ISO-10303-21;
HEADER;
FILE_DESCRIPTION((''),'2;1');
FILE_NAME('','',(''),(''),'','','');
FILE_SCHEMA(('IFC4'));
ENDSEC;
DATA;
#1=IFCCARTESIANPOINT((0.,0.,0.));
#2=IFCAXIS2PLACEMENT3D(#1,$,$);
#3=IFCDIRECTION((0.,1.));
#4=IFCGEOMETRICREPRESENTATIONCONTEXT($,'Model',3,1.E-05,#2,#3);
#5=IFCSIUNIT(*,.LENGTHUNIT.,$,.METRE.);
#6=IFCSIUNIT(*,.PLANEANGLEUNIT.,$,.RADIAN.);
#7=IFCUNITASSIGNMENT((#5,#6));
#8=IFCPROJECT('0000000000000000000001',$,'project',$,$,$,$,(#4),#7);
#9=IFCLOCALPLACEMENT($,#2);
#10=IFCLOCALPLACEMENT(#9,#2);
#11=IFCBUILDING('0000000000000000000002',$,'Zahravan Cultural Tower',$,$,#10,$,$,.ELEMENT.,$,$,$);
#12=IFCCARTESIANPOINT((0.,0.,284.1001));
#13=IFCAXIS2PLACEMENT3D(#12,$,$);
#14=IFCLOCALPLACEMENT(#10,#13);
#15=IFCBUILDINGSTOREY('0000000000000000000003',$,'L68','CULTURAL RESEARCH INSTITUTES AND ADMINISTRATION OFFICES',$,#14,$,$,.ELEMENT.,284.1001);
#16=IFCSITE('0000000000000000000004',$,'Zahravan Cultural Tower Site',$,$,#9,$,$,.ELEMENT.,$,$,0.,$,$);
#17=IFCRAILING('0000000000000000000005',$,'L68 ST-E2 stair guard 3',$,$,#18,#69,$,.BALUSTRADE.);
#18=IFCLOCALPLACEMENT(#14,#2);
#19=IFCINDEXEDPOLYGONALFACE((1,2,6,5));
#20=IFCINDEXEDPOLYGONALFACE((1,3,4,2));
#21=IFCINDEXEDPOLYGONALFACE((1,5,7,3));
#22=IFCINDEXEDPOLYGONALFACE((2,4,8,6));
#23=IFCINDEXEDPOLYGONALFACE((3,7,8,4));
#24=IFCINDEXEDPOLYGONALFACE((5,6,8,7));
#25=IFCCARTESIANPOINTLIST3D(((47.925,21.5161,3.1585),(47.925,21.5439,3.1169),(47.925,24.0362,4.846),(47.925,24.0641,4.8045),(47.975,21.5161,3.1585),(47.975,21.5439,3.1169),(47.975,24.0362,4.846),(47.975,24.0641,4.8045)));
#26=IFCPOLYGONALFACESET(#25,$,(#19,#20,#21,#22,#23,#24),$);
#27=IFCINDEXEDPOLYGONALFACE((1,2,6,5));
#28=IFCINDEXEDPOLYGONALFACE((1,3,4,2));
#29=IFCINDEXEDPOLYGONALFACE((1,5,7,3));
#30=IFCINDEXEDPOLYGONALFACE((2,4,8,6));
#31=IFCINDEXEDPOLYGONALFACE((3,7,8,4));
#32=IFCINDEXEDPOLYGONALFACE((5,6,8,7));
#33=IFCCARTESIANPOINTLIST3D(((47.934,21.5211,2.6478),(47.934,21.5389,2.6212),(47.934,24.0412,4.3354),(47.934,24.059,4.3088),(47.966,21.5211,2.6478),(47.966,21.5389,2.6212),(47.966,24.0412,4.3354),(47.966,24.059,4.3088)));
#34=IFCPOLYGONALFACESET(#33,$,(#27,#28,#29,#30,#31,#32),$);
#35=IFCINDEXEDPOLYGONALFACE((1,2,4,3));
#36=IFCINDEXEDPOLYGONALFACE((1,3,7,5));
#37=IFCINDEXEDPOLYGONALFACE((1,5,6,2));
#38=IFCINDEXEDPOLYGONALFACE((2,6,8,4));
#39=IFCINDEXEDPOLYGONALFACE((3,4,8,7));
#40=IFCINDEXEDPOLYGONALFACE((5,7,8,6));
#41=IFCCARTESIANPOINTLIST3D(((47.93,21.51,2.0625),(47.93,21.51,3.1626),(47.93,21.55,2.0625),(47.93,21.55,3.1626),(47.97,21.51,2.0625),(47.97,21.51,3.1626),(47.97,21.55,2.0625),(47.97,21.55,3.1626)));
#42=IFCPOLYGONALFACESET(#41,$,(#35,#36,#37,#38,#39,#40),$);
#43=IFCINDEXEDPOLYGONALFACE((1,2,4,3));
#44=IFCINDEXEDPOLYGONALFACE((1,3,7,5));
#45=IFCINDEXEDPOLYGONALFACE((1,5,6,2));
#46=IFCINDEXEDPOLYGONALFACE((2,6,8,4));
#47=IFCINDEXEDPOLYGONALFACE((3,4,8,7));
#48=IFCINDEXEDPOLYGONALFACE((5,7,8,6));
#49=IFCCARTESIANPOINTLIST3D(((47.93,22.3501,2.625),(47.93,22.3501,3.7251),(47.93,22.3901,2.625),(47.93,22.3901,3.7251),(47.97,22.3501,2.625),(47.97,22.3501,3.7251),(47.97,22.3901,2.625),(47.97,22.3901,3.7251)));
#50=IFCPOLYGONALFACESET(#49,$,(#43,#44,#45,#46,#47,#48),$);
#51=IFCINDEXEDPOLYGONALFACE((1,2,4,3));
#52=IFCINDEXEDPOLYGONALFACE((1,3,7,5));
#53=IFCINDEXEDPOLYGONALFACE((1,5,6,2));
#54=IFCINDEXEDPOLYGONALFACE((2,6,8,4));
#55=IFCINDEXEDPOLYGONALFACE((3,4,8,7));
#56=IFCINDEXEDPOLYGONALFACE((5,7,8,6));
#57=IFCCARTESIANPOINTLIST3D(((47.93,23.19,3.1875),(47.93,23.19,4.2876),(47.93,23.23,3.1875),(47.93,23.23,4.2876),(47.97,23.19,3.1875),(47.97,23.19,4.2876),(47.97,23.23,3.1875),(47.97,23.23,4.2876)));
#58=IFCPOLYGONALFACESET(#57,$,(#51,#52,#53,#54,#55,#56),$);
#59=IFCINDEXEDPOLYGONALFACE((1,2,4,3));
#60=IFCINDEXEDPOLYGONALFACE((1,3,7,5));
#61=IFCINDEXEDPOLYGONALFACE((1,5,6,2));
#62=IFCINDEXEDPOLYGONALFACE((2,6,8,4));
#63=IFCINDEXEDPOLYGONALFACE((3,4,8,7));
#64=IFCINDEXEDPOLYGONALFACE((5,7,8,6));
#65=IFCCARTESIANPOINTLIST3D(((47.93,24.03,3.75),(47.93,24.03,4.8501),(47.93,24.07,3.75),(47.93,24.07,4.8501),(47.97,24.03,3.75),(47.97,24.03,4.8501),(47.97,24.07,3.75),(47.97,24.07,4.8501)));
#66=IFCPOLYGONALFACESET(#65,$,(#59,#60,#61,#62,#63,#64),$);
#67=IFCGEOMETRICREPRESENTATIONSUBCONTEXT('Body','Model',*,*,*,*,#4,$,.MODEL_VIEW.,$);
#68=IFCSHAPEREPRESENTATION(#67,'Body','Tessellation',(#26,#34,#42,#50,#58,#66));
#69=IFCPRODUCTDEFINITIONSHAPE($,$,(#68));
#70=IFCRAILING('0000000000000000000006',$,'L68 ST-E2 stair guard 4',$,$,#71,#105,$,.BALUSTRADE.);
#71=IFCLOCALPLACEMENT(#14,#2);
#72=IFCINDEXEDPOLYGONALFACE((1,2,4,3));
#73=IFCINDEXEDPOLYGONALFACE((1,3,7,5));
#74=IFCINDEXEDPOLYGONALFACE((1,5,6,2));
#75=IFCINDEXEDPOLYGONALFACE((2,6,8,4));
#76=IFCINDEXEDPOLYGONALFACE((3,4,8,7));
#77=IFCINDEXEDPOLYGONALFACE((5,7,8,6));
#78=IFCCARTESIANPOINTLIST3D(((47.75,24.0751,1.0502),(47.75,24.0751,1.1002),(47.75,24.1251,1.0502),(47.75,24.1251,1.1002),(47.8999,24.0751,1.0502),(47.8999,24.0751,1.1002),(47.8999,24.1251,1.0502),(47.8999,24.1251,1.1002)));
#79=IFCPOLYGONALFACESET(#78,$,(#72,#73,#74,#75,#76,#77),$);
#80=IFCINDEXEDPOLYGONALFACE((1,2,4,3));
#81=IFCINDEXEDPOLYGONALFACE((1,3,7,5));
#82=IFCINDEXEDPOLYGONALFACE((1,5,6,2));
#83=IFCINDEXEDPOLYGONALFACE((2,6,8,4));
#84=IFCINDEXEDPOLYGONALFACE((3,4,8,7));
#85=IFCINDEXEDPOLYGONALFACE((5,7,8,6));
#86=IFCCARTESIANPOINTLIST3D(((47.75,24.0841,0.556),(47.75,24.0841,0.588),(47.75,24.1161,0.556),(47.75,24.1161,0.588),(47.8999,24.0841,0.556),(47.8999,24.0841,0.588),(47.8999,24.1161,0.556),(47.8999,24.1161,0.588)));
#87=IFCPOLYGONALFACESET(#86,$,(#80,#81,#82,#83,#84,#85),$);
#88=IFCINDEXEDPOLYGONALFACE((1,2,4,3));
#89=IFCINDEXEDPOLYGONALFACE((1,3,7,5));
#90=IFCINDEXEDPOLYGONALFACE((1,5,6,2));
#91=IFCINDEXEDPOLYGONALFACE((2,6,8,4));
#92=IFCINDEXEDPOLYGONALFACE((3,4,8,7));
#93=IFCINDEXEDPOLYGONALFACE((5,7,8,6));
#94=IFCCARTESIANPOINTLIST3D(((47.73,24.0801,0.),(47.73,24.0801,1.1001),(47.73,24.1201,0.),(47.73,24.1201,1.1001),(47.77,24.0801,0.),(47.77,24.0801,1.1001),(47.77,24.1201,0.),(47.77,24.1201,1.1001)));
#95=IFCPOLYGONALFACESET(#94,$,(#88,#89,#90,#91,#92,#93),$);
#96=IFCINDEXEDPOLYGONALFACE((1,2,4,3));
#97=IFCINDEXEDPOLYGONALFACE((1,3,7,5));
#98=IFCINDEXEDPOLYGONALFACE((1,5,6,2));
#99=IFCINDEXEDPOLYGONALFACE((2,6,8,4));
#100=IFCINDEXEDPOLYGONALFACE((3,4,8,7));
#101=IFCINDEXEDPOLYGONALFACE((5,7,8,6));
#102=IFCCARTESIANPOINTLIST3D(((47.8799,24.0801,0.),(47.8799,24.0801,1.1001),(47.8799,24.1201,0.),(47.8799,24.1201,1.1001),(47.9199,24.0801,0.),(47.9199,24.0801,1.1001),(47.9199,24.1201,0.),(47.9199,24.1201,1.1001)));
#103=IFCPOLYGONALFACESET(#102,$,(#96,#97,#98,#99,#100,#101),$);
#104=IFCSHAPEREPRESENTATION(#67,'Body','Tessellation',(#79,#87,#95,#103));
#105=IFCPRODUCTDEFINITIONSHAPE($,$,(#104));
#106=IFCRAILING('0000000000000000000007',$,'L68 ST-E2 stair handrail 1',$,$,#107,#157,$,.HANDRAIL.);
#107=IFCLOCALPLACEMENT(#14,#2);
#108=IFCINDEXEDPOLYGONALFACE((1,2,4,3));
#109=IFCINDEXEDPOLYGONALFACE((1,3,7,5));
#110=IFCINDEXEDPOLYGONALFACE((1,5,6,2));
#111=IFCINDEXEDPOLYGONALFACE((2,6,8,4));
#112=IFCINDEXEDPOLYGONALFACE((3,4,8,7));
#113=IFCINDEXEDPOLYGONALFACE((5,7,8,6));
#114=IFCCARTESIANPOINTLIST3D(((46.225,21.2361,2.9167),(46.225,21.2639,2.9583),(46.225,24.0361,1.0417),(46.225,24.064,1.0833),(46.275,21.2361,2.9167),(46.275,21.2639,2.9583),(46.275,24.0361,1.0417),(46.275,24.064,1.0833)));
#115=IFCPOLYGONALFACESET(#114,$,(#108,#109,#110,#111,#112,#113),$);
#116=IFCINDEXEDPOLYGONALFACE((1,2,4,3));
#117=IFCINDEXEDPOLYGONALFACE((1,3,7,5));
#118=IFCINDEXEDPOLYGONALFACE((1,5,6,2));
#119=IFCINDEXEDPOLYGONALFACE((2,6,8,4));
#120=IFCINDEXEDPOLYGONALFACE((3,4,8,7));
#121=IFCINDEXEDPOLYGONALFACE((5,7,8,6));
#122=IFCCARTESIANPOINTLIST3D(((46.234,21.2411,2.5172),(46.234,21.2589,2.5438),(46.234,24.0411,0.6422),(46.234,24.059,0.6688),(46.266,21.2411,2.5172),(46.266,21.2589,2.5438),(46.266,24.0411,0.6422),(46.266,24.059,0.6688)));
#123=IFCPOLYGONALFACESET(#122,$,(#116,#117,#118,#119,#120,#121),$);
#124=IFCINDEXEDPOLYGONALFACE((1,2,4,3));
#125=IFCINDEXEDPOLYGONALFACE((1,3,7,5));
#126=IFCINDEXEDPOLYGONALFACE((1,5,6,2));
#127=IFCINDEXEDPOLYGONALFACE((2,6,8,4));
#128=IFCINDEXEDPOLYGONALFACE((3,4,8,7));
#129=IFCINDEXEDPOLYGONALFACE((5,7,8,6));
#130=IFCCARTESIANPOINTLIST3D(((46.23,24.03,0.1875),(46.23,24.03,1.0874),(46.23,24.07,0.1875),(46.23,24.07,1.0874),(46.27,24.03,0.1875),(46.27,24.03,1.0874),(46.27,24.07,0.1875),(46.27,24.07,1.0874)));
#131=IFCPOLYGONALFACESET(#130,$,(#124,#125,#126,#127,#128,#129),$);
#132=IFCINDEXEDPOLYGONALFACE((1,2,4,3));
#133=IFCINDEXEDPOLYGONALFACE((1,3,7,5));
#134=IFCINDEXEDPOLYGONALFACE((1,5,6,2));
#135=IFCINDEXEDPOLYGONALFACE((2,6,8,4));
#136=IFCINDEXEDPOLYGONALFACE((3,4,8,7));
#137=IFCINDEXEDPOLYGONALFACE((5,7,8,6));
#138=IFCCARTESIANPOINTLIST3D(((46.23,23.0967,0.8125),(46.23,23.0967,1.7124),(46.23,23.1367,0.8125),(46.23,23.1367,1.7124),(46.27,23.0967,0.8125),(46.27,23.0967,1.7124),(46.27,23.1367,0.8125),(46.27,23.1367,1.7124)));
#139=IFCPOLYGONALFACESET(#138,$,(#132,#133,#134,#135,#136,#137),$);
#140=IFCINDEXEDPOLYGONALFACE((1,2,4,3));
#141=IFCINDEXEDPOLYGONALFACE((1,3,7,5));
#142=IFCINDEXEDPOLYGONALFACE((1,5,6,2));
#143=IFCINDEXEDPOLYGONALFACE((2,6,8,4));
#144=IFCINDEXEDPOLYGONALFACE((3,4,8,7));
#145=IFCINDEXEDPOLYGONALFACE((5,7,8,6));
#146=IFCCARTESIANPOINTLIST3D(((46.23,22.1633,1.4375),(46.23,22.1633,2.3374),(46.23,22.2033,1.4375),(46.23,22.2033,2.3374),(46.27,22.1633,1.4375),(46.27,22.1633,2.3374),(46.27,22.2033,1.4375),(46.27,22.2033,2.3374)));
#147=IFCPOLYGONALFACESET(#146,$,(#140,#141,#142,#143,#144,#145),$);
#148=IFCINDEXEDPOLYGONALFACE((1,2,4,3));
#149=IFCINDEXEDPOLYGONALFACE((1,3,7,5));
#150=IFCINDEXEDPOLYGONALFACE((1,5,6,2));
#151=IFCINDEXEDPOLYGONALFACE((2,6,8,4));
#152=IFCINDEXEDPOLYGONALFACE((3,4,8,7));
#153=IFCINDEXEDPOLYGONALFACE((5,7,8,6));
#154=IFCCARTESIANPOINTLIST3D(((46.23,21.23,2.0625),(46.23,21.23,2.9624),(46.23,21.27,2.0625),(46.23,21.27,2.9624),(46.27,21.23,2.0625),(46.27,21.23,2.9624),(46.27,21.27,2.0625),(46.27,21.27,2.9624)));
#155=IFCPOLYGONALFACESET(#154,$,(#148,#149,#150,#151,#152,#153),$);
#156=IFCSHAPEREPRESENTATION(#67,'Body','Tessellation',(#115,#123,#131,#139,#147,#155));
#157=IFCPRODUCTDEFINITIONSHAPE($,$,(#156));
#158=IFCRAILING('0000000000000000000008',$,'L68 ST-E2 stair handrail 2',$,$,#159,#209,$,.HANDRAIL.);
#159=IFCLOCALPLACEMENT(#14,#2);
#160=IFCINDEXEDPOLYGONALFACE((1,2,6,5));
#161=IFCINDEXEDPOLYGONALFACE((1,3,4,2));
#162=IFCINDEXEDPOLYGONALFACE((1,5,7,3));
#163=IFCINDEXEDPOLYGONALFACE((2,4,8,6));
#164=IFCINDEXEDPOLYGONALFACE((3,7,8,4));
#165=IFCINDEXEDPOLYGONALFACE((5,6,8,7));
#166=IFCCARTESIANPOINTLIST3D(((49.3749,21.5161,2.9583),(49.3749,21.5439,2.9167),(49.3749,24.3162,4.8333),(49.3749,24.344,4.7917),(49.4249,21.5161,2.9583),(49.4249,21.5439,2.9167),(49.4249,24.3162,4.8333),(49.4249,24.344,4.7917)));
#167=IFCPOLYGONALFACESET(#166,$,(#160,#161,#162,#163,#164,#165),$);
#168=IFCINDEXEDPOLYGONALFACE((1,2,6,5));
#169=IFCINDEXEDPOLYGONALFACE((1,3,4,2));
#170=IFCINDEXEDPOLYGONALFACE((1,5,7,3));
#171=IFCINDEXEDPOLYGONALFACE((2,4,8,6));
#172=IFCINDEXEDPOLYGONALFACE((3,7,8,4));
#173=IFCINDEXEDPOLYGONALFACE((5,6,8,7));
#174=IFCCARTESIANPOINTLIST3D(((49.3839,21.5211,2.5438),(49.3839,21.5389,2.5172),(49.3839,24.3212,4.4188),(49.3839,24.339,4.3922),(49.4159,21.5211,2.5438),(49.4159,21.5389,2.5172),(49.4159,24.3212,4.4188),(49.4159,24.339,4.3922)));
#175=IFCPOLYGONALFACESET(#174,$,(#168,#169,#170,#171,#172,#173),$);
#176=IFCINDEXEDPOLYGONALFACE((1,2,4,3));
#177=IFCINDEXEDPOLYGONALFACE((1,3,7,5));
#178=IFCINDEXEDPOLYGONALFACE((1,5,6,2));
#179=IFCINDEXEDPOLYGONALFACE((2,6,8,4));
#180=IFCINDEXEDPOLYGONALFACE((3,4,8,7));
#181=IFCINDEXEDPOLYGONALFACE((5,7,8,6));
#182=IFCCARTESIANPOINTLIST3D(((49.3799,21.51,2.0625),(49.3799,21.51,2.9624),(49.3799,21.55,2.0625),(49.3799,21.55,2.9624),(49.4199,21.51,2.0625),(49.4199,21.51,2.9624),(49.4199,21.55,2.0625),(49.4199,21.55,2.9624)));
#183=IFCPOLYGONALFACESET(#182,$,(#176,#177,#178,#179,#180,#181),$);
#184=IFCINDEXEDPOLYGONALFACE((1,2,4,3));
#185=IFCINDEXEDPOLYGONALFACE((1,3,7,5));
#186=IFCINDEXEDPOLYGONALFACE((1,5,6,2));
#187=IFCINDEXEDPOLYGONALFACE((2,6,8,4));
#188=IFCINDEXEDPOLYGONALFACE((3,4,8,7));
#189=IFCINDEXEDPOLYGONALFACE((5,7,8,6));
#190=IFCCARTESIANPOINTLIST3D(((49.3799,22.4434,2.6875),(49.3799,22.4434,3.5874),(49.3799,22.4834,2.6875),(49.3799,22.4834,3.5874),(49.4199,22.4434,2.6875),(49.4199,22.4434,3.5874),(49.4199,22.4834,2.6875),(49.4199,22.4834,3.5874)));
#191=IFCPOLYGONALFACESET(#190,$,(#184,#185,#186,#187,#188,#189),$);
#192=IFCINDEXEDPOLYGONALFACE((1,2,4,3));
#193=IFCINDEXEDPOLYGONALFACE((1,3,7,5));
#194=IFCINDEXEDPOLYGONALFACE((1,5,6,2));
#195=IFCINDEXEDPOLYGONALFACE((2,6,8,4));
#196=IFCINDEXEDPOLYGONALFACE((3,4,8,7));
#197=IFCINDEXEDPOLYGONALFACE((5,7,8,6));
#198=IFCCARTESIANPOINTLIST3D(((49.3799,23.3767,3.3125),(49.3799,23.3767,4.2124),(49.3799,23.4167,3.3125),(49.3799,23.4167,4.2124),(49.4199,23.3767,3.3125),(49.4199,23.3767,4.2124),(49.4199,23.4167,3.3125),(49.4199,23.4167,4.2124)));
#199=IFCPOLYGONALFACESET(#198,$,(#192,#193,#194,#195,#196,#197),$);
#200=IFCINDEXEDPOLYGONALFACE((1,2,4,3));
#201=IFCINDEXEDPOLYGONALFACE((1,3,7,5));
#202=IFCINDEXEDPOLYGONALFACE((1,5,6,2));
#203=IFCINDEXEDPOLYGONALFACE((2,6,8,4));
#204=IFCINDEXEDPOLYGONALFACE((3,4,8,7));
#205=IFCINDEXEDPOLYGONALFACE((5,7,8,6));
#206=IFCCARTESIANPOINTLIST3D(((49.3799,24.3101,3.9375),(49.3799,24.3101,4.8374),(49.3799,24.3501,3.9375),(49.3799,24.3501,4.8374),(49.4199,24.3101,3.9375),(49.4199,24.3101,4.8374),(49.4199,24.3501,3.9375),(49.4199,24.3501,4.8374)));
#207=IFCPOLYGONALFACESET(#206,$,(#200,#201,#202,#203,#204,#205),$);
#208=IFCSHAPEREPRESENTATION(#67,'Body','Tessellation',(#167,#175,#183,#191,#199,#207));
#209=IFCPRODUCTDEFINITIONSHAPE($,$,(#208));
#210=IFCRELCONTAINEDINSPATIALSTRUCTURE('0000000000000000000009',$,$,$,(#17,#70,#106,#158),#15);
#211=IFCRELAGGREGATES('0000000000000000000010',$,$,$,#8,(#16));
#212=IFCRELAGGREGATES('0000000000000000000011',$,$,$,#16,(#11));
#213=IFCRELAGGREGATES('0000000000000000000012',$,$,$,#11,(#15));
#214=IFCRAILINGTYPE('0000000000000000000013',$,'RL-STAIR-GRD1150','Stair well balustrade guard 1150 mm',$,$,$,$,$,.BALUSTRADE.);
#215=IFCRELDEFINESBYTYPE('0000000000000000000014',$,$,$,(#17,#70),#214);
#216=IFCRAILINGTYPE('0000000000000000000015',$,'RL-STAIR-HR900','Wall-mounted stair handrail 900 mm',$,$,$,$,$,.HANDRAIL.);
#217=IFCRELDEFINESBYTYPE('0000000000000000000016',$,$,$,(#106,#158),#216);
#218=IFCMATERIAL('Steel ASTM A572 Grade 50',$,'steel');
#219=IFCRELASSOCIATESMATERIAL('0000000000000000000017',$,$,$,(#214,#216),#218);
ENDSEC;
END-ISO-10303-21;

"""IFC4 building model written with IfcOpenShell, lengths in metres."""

from ifc_helpers import new_model, si_unit, direction, frame, origin, origin_2d, place, context, subcontext, project, spatial, rectangle, extrude, material, type_object, element, save


model = new_model("IFC4")

# Units and contexts
model_context = context("Model", 3, precision=1e-05, world=origin(), true_north=direction((0.0, 1.0)))
body_context = subcontext(model_context, "Body", "Model", "MODEL_VIEW")
ifc_project = project(units=[si_unit("LENGTHUNIT", "METRE"), si_unit("PLANEANGLEUNIT", "RADIAN")], contexts=[model_context])

# Site, building, storey
site_placement = place(None, origin())
site = spatial("IfcSite", under=ifc_project, at=site_placement, Name="Zahravan Cultural Tower Site", CompositionType="ELEMENT", RefElevation=0.0)
building_placement = place(site_placement, origin())
building = spatial("IfcBuilding", under=site, at=building_placement, Name="Zahravan Cultural Tower", CompositionType="ELEMENT")
storey_placement = place(building_placement, frame((0.0, 0.0, 284.1001)))
storey = spatial("IfcBuildingStorey", under=building, at=storey_placement, Name="L68", Description="CULTURAL RESEARCH INSTITUTES AND ADMINISTRATION OFFICES", CompositionType="ELEMENT", Elevation=284.1001)

# Railings
ifc_material_1 = material(Name="Steel ASTM A572 Grade 50", Category="steel")
railing_type_1 = type_object("IfcRailingType", Name="RL-STAIR-GRD1150", Description="Stair well balustrade guard 1150 mm", PredefinedType="BALUSTRADE", material=ifc_material_1)
railing_1_placement = place(storey_placement, frame((47.95, 21.53, 2.0625)))
element("IfcRailing", 1, at=railing_1_placement, inside=storey, type_object=railing_type_1, Name="L68 ST-E2 stair guard 3", PredefinedType="BALUSTRADE", context=body_context, shape_type="SweptSolid", body=[
    extrude(rectangle(XDim=0.05, YDim=0.05, at=origin_2d()), frame((0.0, 0.0, 1.0752), z_axis=(0.0, 0.830909, 0.556408), x_axis=(-1.0, 0.0, 0.0)), (0.0, 0.0, 1.0), 3.033),
    extrude(rectangle(XDim=0.032, YDim=0.032, at=origin_2d()), frame((0.0, 0.0, 0.572), z_axis=(0.0, 0.830909, 0.556408), x_axis=(-1.0, 0.0, 0.0)), (0.0, 0.0, 1.0), 3.033),
    extrude(rectangle(XDim=0.04, YDim=0.04, at=origin_2d()), origin(), (0.0, 0.0, 1.0), 1.1001),
    extrude(rectangle(XDim=0.04, YDim=0.04, at=origin_2d()), frame((0.0, 0.8401, 0.5625)), (0.0, 0.0, 1.0), 1.1001),
    extrude(rectangle(XDim=0.04, YDim=0.04, at=origin_2d()), frame((0.0, 1.6799, 1.125)), (0.0, 0.0, 1.0), 1.1001),
    extrude(rectangle(XDim=0.04, YDim=0.04, at=origin_2d()), frame((0.0, 2.52, 1.6875)), (0.0, 0.0, 1.0), 1.1001),
])
railing_2_placement = place(storey_placement, frame((47.75, 24.1001, 0.0)))
element("IfcRailing", 2, at=railing_2_placement, inside=storey, type_object=railing_type_1, Name="L68 ST-E2 stair guard 4", PredefinedType="BALUSTRADE", context=body_context, shape_type="SweptSolid", body=[
    extrude(rectangle(XDim=0.05, YDim=0.05, at=origin_2d()), frame((0.0, 0.0, 1.0752), z_axis=(1.0, 0.0, 0.0), x_axis=(0.0, 1.0, 0.0)), (0.0, 0.0, 1.0), 0.1499),
    extrude(rectangle(XDim=0.032, YDim=0.032, at=origin_2d()), frame((0.0, 0.0, 0.572), z_axis=(1.0, 0.0, 0.0), x_axis=(0.0, 1.0, 0.0)), (0.0, 0.0, 1.0), 0.1499),
    extrude(rectangle(XDim=0.04, YDim=0.04, at=origin_2d()), origin(), (0.0, 0.0, 1.0), 1.1001),
    extrude(rectangle(XDim=0.04, YDim=0.04, at=origin_2d()), frame((0.1499, 0.0, 0.0)), (0.0, 0.0, 1.0), 1.1001),
])
railing_type_2 = type_object("IfcRailingType", Name="RL-STAIR-HR900", Description="Wall-mounted stair handrail 900 mm", PredefinedType="HANDRAIL", material=ifc_material_1)
railing_3_placement = place(storey_placement, frame((46.25, 24.05, 0.1875)))
element("IfcRailing", 3, at=railing_3_placement, inside=storey, type_object=railing_type_2, Name="L68 ST-E2 stair handrail 1", PredefinedType="HANDRAIL", context=body_context, shape_type="SweptSolid", body=[
    extrude(rectangle(XDim=0.05, YDim=0.05, at=origin_2d()), frame((0.0, 0.0, 0.875), z_axis=(0.0, -0.830912, 0.556404), x_axis=(1.0, 0.0, 0.0)), (0.0, 0.0, 1.0), 3.3699),
    extrude(rectangle(XDim=0.032, YDim=0.032, at=origin_2d()), frame((0.0, 0.0, 0.468), z_axis=(0.0, -0.830912, 0.556404), x_axis=(1.0, 0.0, 0.0)), (0.0, 0.0, 1.0), 3.3699),
    extrude(rectangle(XDim=0.04, YDim=0.04, at=origin_2d()), origin(), (0.0, 0.0, 1.0), 0.8999),
    extrude(rectangle(XDim=0.04, YDim=0.04, at=origin_2d()), frame((0.0, -0.9333, 0.625)), (0.0, 0.0, 1.0), 0.8999),
    extrude(rectangle(XDim=0.04, YDim=0.04, at=origin_2d()), frame((0.0, -1.8667, 1.25)), (0.0, 0.0, 1.0), 0.8999),
    extrude(rectangle(XDim=0.04, YDim=0.04, at=origin_2d()), frame((0.0, -2.8, 1.875)), (0.0, 0.0, 1.0), 0.8999),
])
railing_4_placement = place(storey_placement, frame((49.3999, 21.53, 2.0625)))
element("IfcRailing", 4, at=railing_4_placement, inside=storey, type_object=railing_type_2, Name="L68 ST-E2 stair handrail 2", PredefinedType="HANDRAIL", context=body_context, shape_type="SweptSolid", body=[
    extrude(rectangle(XDim=0.05, YDim=0.05, at=origin_2d()), frame((0.0, 0.0, 0.875), z_axis=(0.0, 0.830912, 0.556404), x_axis=(-1.0, 0.0, 0.0)), (0.0, 0.0, 1.0), 3.3699),
    extrude(rectangle(XDim=0.032, YDim=0.032, at=origin_2d()), frame((0.0, 0.0, 0.468), z_axis=(0.0, 0.830912, 0.556404), x_axis=(-1.0, 0.0, 0.0)), (0.0, 0.0, 1.0), 3.3699),
    extrude(rectangle(XDim=0.04, YDim=0.04, at=origin_2d()), origin(), (0.0, 0.0, 1.0), 0.8999),
    extrude(rectangle(XDim=0.04, YDim=0.04, at=origin_2d()), frame((0.0, 0.9333, 0.625)), (0.0, 0.0, 1.0), 0.8999),
    extrude(rectangle(XDim=0.04, YDim=0.04, at=origin_2d()), frame((0.0, 1.8667, 1.25)), (0.0, 0.0, 1.0), 0.8999),
    extrude(rectangle(XDim=0.04, YDim=0.04, at=origin_2d()), frame((0.0, 2.8, 1.875)), (0.0, 0.0, 1.0), 0.8999),
])

save(model, "model.ifc")
